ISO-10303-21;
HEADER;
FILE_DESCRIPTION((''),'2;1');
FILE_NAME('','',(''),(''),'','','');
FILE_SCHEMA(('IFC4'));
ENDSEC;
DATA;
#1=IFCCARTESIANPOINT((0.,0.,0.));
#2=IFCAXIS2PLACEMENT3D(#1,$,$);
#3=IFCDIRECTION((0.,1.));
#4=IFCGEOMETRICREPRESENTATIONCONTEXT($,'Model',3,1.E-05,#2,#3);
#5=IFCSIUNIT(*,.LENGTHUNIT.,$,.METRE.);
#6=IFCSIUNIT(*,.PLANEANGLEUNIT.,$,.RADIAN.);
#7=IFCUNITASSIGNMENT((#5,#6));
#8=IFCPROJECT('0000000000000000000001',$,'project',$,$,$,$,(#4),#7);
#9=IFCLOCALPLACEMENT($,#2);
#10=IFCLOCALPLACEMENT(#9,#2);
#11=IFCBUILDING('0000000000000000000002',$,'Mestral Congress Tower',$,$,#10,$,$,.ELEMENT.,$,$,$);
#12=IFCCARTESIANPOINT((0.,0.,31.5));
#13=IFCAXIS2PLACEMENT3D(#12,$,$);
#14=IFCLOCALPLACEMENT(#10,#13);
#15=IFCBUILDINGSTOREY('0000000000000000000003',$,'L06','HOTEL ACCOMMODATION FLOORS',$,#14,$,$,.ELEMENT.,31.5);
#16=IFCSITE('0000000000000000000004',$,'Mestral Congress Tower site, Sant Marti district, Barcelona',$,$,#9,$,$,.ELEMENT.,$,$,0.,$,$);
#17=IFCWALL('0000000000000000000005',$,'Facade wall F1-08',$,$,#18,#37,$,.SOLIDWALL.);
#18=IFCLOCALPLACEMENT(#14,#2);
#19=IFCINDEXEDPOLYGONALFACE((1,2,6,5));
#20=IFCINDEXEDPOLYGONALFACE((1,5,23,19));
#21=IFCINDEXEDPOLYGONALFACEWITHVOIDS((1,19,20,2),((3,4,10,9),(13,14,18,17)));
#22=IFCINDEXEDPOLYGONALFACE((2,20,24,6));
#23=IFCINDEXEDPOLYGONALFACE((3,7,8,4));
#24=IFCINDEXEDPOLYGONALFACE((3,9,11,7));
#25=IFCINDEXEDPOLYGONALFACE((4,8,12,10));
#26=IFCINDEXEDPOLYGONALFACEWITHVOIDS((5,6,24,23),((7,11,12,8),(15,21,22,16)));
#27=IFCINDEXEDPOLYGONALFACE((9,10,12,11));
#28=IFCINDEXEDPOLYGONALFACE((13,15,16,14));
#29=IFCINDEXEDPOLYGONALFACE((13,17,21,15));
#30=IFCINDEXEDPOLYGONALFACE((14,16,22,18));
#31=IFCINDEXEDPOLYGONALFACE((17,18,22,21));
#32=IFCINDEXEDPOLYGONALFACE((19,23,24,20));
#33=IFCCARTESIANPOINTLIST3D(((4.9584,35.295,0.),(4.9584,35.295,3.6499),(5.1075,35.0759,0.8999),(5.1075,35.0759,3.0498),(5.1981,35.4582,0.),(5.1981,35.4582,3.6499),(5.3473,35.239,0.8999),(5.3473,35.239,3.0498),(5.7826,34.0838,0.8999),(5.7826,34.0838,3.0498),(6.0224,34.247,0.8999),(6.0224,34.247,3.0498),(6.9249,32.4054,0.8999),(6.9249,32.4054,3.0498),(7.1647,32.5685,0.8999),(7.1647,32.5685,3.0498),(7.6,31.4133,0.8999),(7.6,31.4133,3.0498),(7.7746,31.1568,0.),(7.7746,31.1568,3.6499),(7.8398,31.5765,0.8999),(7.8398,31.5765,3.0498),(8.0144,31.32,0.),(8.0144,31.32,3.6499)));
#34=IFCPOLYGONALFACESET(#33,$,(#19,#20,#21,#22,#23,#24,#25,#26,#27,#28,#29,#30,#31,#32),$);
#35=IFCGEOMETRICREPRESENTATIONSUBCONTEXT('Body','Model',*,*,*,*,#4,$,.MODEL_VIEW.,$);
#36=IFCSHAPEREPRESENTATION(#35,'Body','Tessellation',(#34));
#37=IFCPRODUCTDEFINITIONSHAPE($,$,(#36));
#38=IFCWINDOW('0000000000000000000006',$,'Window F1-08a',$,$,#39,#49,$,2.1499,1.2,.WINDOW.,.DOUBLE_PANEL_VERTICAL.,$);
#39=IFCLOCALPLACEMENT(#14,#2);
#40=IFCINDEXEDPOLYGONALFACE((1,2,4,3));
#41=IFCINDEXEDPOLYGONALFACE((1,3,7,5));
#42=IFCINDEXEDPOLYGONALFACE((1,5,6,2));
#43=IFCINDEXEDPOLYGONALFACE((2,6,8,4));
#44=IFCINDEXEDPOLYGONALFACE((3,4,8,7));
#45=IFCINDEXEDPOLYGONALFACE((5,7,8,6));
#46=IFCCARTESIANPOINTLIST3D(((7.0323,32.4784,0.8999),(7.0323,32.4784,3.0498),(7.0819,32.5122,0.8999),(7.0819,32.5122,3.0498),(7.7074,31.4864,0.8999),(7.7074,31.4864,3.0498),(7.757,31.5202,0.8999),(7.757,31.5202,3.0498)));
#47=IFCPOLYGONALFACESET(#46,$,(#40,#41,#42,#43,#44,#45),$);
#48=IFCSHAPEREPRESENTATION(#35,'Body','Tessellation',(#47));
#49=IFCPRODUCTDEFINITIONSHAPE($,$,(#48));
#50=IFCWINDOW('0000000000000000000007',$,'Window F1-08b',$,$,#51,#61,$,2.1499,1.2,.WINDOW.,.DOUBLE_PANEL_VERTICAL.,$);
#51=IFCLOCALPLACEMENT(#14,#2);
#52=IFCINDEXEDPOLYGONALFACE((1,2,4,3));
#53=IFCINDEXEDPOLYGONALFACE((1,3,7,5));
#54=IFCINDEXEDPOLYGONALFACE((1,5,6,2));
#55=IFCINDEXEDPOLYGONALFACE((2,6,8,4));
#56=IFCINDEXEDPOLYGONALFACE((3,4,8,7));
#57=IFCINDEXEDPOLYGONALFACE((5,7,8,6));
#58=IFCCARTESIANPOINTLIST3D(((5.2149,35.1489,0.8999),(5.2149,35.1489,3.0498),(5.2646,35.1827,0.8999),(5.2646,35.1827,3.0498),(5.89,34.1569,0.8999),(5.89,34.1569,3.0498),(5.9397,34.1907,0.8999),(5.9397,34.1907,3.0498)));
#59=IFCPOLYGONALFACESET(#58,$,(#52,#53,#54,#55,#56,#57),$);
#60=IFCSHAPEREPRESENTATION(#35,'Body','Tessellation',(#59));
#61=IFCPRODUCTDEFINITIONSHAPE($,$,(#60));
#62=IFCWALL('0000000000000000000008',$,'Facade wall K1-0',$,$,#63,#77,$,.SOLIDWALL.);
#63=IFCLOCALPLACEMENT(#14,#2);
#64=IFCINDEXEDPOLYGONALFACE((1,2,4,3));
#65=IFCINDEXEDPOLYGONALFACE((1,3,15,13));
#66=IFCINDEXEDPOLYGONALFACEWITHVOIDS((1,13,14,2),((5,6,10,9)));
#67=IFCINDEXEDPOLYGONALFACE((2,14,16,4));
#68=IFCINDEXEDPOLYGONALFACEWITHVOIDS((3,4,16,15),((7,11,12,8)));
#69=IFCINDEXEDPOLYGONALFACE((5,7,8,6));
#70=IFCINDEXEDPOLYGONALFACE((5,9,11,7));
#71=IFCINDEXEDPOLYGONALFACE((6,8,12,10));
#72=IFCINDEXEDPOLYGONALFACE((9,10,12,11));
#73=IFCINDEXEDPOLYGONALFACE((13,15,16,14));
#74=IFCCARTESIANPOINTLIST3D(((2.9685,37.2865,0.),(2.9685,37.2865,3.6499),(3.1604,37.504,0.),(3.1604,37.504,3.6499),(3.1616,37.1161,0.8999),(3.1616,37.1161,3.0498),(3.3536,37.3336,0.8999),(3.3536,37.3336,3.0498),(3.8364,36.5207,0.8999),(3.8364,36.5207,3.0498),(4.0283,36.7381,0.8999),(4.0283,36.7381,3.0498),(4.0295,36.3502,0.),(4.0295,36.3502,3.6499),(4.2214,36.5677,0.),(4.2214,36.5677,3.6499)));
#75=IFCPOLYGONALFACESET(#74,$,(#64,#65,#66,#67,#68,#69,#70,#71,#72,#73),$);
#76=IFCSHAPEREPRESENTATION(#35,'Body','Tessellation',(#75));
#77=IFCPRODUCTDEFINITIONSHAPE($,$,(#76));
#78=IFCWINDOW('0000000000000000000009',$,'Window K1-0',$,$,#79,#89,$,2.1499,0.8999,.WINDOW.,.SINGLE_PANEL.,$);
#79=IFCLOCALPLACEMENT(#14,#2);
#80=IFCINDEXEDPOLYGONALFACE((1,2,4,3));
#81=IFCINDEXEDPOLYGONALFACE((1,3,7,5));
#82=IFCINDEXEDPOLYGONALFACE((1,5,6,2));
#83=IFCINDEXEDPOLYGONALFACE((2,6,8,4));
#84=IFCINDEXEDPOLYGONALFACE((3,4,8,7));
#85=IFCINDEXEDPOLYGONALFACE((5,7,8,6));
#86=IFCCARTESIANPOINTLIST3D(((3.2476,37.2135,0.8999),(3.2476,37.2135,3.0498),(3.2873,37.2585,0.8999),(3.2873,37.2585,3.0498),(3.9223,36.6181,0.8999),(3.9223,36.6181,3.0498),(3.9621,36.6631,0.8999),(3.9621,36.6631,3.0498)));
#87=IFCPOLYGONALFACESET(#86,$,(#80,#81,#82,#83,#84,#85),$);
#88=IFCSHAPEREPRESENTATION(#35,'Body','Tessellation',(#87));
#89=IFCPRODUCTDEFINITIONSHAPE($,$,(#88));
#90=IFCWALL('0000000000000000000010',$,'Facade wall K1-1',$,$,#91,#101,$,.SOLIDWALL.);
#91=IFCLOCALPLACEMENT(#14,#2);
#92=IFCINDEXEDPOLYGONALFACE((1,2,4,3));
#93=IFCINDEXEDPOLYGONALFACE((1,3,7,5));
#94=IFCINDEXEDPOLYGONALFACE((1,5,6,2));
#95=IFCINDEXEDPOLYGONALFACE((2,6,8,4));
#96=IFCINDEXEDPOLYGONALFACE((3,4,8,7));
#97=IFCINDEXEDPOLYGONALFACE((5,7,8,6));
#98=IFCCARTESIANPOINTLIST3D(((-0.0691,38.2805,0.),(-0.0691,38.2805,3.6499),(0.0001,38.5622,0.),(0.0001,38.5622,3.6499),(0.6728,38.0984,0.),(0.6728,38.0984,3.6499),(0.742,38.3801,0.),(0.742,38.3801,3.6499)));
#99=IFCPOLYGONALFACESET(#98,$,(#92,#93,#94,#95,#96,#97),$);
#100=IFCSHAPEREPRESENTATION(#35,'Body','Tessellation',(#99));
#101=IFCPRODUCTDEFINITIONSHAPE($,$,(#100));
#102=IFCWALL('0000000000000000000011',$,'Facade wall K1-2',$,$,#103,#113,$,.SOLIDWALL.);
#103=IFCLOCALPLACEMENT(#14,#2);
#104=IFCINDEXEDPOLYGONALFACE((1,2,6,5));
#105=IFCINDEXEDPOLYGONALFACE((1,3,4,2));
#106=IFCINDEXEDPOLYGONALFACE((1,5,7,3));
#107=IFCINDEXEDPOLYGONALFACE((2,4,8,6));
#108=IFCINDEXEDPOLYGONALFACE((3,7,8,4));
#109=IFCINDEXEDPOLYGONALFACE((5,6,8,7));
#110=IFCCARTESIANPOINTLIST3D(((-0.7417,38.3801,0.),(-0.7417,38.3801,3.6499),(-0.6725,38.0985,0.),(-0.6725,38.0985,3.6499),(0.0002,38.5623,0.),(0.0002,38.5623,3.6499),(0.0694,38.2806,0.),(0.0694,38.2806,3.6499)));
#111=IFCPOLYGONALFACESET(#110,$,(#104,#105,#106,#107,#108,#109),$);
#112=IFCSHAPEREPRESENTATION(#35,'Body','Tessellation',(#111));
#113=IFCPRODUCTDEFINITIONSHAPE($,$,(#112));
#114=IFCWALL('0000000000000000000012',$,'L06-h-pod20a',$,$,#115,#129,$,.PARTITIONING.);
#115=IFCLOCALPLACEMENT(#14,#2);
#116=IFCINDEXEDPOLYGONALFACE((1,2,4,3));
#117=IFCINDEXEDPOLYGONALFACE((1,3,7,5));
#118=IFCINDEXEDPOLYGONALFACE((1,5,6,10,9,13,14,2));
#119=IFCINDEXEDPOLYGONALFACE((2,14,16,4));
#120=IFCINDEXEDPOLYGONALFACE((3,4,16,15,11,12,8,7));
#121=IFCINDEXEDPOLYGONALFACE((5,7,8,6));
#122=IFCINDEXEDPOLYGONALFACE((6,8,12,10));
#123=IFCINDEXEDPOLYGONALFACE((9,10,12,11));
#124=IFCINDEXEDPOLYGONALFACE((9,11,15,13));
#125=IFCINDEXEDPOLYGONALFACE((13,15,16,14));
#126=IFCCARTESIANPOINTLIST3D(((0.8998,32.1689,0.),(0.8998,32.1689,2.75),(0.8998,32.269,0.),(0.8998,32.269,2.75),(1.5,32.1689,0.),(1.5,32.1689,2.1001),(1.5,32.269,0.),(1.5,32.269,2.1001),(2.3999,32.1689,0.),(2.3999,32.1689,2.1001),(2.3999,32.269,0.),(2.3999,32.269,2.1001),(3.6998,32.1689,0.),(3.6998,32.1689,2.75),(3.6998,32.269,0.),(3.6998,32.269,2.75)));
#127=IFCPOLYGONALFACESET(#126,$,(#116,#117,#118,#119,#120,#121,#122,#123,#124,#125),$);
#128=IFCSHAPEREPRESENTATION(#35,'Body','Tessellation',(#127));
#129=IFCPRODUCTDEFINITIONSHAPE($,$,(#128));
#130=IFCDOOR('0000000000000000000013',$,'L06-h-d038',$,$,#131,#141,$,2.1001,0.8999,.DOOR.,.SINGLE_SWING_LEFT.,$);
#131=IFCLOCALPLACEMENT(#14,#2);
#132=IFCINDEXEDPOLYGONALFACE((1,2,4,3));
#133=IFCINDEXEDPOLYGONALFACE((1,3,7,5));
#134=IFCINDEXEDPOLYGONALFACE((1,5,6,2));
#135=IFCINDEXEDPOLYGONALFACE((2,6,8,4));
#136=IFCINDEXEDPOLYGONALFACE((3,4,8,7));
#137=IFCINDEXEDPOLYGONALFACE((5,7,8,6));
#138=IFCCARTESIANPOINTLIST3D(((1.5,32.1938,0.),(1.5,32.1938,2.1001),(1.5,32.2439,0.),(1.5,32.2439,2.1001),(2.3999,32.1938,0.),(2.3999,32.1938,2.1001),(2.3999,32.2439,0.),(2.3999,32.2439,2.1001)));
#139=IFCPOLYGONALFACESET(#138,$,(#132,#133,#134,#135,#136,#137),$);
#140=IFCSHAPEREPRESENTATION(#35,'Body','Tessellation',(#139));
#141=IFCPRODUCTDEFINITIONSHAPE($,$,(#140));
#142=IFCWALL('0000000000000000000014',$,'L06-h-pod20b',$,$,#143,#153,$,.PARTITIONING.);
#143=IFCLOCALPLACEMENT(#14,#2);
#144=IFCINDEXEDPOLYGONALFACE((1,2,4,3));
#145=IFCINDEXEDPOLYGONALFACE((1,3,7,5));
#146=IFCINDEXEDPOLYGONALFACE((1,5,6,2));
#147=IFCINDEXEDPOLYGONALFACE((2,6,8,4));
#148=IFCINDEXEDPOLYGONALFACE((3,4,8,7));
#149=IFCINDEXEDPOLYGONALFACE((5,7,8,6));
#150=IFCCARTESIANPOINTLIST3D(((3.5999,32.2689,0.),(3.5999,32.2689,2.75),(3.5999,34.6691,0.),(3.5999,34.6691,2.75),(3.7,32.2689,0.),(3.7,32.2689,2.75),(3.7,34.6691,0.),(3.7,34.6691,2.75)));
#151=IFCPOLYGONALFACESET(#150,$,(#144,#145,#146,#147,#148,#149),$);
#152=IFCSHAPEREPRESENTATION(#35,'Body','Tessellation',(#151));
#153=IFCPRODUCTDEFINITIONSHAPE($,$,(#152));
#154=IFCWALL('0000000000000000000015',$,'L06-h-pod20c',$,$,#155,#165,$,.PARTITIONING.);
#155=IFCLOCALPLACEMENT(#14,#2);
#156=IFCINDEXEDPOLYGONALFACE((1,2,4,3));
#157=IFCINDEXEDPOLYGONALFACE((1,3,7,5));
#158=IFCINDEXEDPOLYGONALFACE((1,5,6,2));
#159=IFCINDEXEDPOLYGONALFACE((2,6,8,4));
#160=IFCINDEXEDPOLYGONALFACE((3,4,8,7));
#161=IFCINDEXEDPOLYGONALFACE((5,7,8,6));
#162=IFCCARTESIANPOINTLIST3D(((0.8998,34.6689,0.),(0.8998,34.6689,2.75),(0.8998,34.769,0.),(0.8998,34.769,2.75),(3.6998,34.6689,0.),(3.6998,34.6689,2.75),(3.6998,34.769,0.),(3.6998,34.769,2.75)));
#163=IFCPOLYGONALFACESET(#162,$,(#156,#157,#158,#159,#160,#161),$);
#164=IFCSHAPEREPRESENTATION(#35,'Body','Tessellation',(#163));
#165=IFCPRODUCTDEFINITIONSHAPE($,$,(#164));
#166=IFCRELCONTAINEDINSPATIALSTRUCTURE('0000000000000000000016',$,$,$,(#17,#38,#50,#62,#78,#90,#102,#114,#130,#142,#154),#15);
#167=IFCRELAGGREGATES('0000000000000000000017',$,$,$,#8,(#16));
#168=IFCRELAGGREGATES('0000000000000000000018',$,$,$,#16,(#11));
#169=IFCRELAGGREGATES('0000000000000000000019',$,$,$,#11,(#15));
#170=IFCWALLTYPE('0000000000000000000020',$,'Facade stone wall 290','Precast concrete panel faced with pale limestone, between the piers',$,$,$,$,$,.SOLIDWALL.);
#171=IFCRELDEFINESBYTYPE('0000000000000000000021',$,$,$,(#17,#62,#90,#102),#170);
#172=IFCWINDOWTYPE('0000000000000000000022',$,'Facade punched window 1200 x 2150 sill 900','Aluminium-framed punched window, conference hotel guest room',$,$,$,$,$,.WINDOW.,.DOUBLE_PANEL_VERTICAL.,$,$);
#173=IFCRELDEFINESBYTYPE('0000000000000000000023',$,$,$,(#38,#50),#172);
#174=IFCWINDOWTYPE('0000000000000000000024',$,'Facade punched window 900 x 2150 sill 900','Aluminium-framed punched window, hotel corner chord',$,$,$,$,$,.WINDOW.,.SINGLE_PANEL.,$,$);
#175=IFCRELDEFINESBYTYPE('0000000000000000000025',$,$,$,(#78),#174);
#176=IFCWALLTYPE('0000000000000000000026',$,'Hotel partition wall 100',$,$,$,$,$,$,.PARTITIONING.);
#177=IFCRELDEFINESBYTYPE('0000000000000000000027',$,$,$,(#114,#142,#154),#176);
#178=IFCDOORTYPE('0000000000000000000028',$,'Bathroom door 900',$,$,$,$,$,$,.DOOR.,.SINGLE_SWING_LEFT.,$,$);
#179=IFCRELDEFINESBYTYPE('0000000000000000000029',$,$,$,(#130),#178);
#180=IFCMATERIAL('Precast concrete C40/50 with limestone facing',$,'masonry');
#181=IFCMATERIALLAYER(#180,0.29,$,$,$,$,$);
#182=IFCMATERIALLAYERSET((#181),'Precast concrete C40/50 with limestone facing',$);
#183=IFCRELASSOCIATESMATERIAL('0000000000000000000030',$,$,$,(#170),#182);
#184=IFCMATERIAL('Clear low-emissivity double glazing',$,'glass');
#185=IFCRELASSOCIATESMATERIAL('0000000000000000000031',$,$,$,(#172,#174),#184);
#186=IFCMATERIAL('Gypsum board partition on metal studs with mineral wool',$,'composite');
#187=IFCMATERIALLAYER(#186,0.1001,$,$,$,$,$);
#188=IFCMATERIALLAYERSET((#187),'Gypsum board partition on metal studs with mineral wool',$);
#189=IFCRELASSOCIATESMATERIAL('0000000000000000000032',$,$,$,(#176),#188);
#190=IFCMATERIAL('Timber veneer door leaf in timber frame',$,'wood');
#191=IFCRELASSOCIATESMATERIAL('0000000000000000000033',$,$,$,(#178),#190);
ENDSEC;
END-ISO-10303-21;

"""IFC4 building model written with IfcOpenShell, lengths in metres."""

from ifc_helpers import new_model, si_unit, direction, frame, frame_2d, origin, place, context, subcontext, project, spatial, rectangle, extrude, material, layer, layer_set, type_object, element, fill, save


model = new_model("IFC4")

# Units and contexts
model_context = context("Model", 3, precision=1e-05, world=origin(), true_north=direction((0.0, 1.0)))
body_context = subcontext(model_context, "Body", "Model", "MODEL_VIEW")
ifc_project = project(units=[si_unit("LENGTHUNIT", "METRE"), si_unit("PLANEANGLEUNIT", "RADIAN")], contexts=[model_context])

# Site, building, storey
site_placement = place(None, origin())
site = spatial("IfcSite", under=ifc_project, at=site_placement, Name="Mestral Congress Tower site, Sant Marti district, Barcelona", CompositionType="ELEMENT", RefElevation=0.0)
building_placement = place(site_placement, origin())
building = spatial("IfcBuilding", under=site, at=building_placement, Name="Mestral Congress Tower", CompositionType="ELEMENT")
storey_placement = place(building_placement, frame((0.0, 0.0, 31.5)))
storey = spatial("IfcBuildingStorey", under=building, at=storey_placement, Name="L06", Description="HOTEL ACCOMMODATION FLOORS", CompositionType="ELEMENT", Elevation=31.5)

# Wall, openings, windows
ifc_material_1 = material(Name="Precast concrete C40/50 with limestone facing", Category="masonry")
ifc_layer_1 = layer(ifc_material_1, 0.29)
ifc_layer_set_1 = layer_set([ifc_layer_1], Name="Precast concrete C40/50 with limestone facing")
wall_type_1 = type_object("IfcWallType", Name="Facade stone wall 290", Description="Precast concrete panel faced with pale limestone, between the piers", PredefinedType="SOLIDWALL", material=ifc_layer_set_1)
wall_1_placement = place(storey_placement, frame((7.8945, 31.2383, 0.0), z_axis=(0.0, 0.0, 1.0), x_axis=(-0.56261, 0.826722, 0.0)))
wall_1 = element("IfcWall", 1, at=wall_1_placement, inside=storey, type_object=wall_type_1, Name="Facade wall F1-08", PredefinedType="SOLIDWALL", context=body_context, shape_type="SweptSolid", body=[
    extrude(rectangle(XDim=5.0056, YDim=0.29, at=frame_2d((2.5029, 0.0))), origin(), (0.0, 0.0, 1.0), 3.6499),
])
opening_1_placement = place(wall_1_placement, frame((0.3103, 0.0, 0.8999)))
opening_1 = element("IfcOpeningElement", 2, at=opening_1_placement, cuts=wall_1, PredefinedType="OPENING", context=body_context, shape_type="SweptSolid", body=[
    extrude(rectangle(XDim=1.2, YDim=2.1499, at=frame_2d((0.6001, 1.075))), frame((0.0, 0.155, 0.0), z_axis=(0.0, -1.0, 0.0), x_axis=(1.0, 0.0, 0.0)), (0.0, 0.0, 1.0), 0.3101),
])
opening_2_placement = place(wall_1_placement, frame((3.5405, 0.0, 0.8999)))
opening_2 = element("IfcOpeningElement", 3, at=opening_2_placement, cuts=wall_1, PredefinedType="OPENING", context=body_context, shape_type="SweptSolid", body=[
    extrude(rectangle(XDim=1.2, YDim=2.1499, at=frame_2d((0.6001, 1.075))), frame((0.0, 0.155, 0.0), z_axis=(0.0, -1.0, 0.0), x_axis=(1.0, 0.0, 0.0)), (0.0, 0.0, 1.0), 0.3101),
])
ifc_material_2 = material(Name="Clear low-emissivity double glazing", Category="glass")
window_type_1 = type_object("IfcWindowType", Name="Facade punched window 1200 x 2150 sill 900", Description="Aluminium-framed punched window, conference hotel guest room", PartitioningType="DOUBLE_PANEL_VERTICAL", PredefinedType="WINDOW", material=ifc_material_2)
window_1_placement = place(opening_1_placement, origin())
window_1 = element("IfcWindow", 4, at=window_1_placement, inside=storey, type_object=window_type_1, Name="Window F1-08a", OverallHeight=2.1499, OverallWidth=1.2, PartitioningType="DOUBLE_PANEL_VERTICAL", PredefinedType="WINDOW", context=body_context, shape_type="SweptSolid", body=[
    extrude(rectangle(XDim=1.2, YDim=2.1499, at=frame_2d((0.6001, 1.075))), frame((0.0, 0.0151, 0.0), z_axis=(0.0, -1.0, 0.0), x_axis=(1.0, 0.0, 0.0)), (0.0, 0.0, 1.0), 0.0601),
])
fill(opening_1, window_1)
window_2_placement = place(opening_2_placement, origin())
window_2 = element("IfcWindow", 5, at=window_2_placement, inside=storey, type_object=window_type_1, Name="Window F1-08b", OverallHeight=2.1499, OverallWidth=1.2, PartitioningType="DOUBLE_PANEL_VERTICAL", PredefinedType="WINDOW", context=body_context, shape_type="SweptSolid", body=[
    extrude(rectangle(XDim=1.2, YDim=2.1499, at=frame_2d((0.6001, 1.075))), frame((0.0, 0.0151, 0.0), z_axis=(0.0, -1.0, 0.0), x_axis=(1.0, 0.0, 0.0)), (0.0, 0.0, 1.0), 0.0601),
])
fill(opening_2, window_2)

# Wall, opening, window
wall_2_placement = place(storey_placement, frame((4.1255, 36.459, 0.0), z_axis=(0.0, 0.0, 1.0), x_axis=(-0.749813, 0.66165, 0.0)))
wall_2 = element("IfcWall", 6, at=wall_2_placement, inside=storey, type_object=wall_type_1, Name="Facade wall K1-0", PredefinedType="SOLIDWALL", context=body_context, shape_type="SweptSolid", body=[
    extrude(rectangle(XDim=1.415, YDim=0.29, at=frame_2d((0.7075, 0.0))), origin(), (0.0, 0.0, 1.0), 3.6499),
])
opening_3_placement = place(wall_2_placement, frame((0.2576, 0.0, 0.8999)))
opening_3 = element("IfcOpeningElement", 7, at=opening_3_placement, cuts=wall_2, PredefinedType="OPENING", context=body_context, shape_type="SweptSolid", body=[
    extrude(rectangle(XDim=0.8999, YDim=2.1499, at=frame_2d((0.45, 1.075))), frame((0.0, 0.155, 0.0), z_axis=(0.0, -1.0, 0.0), x_axis=(1.0, 0.0, 0.0)), (0.0, 0.0, 1.0), 0.3101),
])
window_type_2 = type_object("IfcWindowType", Name="Facade punched window 900 x 2150 sill 900", Description="Aluminium-framed punched window, hotel corner chord", PartitioningType="SINGLE_PANEL", PredefinedType="WINDOW", material=ifc_material_2)
window_3_placement = place(opening_3_placement, origin())
window_3 = element("IfcWindow", 8, at=window_3_placement, inside=storey, type_object=window_type_2, Name="Window K1-0", OverallHeight=2.1499, OverallWidth=0.8999, PartitioningType="SINGLE_PANEL", PredefinedType="WINDOW", context=body_context, shape_type="SweptSolid", body=[
    extrude(rectangle(XDim=0.8999, YDim=2.1499, at=frame_2d((0.45, 1.075))), frame((0.0, 0.0151, 0.0), z_axis=(0.0, -1.0, 0.0), x_axis=(1.0, 0.0, 0.0)), (0.0, 0.0, 1.0), 0.0601),
])
fill(opening_3, window_3)

# Walls
for number, where, z_axis, x_axis, name in (
    (9, (0.7073, 38.2393, 0.0), (0.0, 0.0, 1.0), (-0.971168, 0.238398, 0.0), "Facade wall K1-1"),
    (10, (0.0347, 38.4214, 0.0), (0.0, 0.0, 1.0), (-0.971168, -0.238398, 0.0), "Facade wall K1-2"),
):
    element("IfcWall", number, at=place(storey_placement, frame(where, z_axis=z_axis, x_axis=x_axis)), inside=storey, type_object=wall_type_1, Name=name, PredefinedType="SOLIDWALL", context=body_context, shape_type="SweptSolid", body=[
        extrude(rectangle(XDim=0.7639, YDim=0.29, at=frame_2d((0.3818, 0.0))), origin(), (0.0, 0.0, 1.0), 3.6499),
    ])

# Wall, opening, door
ifc_material_3 = material(Name="Gypsum board partition on metal studs with mineral wool", Category="composite")
ifc_layer_2 = layer(ifc_material_3, 0.1001)
ifc_layer_set_2 = layer_set([ifc_layer_2], Name="Gypsum board partition on metal studs with mineral wool")
wall_type_2 = type_object("IfcWallType", Name="Hotel partition wall 100", PredefinedType="PARTITIONING", material=ifc_layer_set_2)
wall_3_placement = place(storey_placement, frame((0.8999, 32.219, 0.0), z_axis=(0.0, 0.0, 1.0), x_axis=(1.0, 0.0, 0.0)))
wall_3 = element("IfcWall", 11, at=wall_3_placement, inside=storey, type_object=wall_type_2, Name="L06-h-pod20a", PredefinedType="PARTITIONING", context=body_context, shape_type="SweptSolid", body=[
    extrude(rectangle(XDim=2.8, YDim=0.1001, at=frame_2d((1.3999, 0.0))), origin(), (0.0, 0.0, 1.0), 2.75),
])
opening_4_placement = place(wall_3_placement, frame((0.6001, 0.0, 0.0)))
opening_4 = element("IfcOpeningElement", 12, at=opening_4_placement, cuts=wall_3, PredefinedType="OPENING", context=body_context, shape_type="SweptSolid", body=[
    extrude(rectangle(XDim=0.8999, YDim=2.1001, at=frame_2d((0.45, 1.05))), frame((0.0, 0.0601, 0.0), z_axis=(0.0, -1.0, 0.0), x_axis=(1.0, 0.0, 0.0)), (0.0, 0.0, 1.0), 0.1201),
])
ifc_material_4 = material(Name="Timber veneer door leaf in timber frame", Category="wood")
door_type_1 = type_object("IfcDoorType", Name="Bathroom door 900", OperationType="SINGLE_SWING_LEFT", PredefinedType="DOOR", material=ifc_material_4)
door_1_placement = place(opening_4_placement, origin())
door_1 = element("IfcDoor", 13, at=door_1_placement, inside=storey, type_object=door_type_1, Name="L06-h-d038", OperationType="SINGLE_SWING_LEFT", OverallHeight=2.1001, OverallWidth=0.8999, PredefinedType="DOOR", context=body_context, shape_type="SweptSolid", body=[
    extrude(rectangle(XDim=0.8999, YDim=2.1001, at=frame_2d((0.45, 1.05))), frame((0.0, 0.0249, 0.0), z_axis=(0.0, -1.0, 0.0), x_axis=(1.0, 0.0, 0.0)), (0.0, 0.0, 1.0), 0.05),
])
fill(opening_4, door_1)

# Walls
wall_4_placement = place(storey_placement, frame((3.6499, 32.2688, 0.0), z_axis=(0.0, 0.0, 1.0), x_axis=(0.0, 1.0, 0.0)))
element("IfcWall", 14, at=wall_4_placement, inside=storey, type_object=wall_type_2, Name="L06-h-pod20b", PredefinedType="PARTITIONING", context=body_context, shape_type="SweptSolid", body=[
    extrude(rectangle(XDim=2.4001, YDim=0.1001, at=frame_2d((1.2002, 0.0))), origin(), (0.0, 0.0, 1.0), 2.75),
])
wall_5_placement = place(storey_placement, frame((0.8999, 34.719, 0.0), z_axis=(0.0, 0.0, 1.0), x_axis=(1.0, 0.0, 0.0)))
element("IfcWall", 15, at=wall_5_placement, inside=storey, type_object=wall_type_2, Name="L06-h-pod20c", PredefinedType="PARTITIONING", context=body_context, shape_type="SweptSolid", body=[
    extrude(rectangle(XDim=2.8, YDim=0.1001, at=frame_2d((1.3999, 0.0))), origin(), (0.0, 0.0, 1.0), 2.75),
])

save(model, "model.ifc")
